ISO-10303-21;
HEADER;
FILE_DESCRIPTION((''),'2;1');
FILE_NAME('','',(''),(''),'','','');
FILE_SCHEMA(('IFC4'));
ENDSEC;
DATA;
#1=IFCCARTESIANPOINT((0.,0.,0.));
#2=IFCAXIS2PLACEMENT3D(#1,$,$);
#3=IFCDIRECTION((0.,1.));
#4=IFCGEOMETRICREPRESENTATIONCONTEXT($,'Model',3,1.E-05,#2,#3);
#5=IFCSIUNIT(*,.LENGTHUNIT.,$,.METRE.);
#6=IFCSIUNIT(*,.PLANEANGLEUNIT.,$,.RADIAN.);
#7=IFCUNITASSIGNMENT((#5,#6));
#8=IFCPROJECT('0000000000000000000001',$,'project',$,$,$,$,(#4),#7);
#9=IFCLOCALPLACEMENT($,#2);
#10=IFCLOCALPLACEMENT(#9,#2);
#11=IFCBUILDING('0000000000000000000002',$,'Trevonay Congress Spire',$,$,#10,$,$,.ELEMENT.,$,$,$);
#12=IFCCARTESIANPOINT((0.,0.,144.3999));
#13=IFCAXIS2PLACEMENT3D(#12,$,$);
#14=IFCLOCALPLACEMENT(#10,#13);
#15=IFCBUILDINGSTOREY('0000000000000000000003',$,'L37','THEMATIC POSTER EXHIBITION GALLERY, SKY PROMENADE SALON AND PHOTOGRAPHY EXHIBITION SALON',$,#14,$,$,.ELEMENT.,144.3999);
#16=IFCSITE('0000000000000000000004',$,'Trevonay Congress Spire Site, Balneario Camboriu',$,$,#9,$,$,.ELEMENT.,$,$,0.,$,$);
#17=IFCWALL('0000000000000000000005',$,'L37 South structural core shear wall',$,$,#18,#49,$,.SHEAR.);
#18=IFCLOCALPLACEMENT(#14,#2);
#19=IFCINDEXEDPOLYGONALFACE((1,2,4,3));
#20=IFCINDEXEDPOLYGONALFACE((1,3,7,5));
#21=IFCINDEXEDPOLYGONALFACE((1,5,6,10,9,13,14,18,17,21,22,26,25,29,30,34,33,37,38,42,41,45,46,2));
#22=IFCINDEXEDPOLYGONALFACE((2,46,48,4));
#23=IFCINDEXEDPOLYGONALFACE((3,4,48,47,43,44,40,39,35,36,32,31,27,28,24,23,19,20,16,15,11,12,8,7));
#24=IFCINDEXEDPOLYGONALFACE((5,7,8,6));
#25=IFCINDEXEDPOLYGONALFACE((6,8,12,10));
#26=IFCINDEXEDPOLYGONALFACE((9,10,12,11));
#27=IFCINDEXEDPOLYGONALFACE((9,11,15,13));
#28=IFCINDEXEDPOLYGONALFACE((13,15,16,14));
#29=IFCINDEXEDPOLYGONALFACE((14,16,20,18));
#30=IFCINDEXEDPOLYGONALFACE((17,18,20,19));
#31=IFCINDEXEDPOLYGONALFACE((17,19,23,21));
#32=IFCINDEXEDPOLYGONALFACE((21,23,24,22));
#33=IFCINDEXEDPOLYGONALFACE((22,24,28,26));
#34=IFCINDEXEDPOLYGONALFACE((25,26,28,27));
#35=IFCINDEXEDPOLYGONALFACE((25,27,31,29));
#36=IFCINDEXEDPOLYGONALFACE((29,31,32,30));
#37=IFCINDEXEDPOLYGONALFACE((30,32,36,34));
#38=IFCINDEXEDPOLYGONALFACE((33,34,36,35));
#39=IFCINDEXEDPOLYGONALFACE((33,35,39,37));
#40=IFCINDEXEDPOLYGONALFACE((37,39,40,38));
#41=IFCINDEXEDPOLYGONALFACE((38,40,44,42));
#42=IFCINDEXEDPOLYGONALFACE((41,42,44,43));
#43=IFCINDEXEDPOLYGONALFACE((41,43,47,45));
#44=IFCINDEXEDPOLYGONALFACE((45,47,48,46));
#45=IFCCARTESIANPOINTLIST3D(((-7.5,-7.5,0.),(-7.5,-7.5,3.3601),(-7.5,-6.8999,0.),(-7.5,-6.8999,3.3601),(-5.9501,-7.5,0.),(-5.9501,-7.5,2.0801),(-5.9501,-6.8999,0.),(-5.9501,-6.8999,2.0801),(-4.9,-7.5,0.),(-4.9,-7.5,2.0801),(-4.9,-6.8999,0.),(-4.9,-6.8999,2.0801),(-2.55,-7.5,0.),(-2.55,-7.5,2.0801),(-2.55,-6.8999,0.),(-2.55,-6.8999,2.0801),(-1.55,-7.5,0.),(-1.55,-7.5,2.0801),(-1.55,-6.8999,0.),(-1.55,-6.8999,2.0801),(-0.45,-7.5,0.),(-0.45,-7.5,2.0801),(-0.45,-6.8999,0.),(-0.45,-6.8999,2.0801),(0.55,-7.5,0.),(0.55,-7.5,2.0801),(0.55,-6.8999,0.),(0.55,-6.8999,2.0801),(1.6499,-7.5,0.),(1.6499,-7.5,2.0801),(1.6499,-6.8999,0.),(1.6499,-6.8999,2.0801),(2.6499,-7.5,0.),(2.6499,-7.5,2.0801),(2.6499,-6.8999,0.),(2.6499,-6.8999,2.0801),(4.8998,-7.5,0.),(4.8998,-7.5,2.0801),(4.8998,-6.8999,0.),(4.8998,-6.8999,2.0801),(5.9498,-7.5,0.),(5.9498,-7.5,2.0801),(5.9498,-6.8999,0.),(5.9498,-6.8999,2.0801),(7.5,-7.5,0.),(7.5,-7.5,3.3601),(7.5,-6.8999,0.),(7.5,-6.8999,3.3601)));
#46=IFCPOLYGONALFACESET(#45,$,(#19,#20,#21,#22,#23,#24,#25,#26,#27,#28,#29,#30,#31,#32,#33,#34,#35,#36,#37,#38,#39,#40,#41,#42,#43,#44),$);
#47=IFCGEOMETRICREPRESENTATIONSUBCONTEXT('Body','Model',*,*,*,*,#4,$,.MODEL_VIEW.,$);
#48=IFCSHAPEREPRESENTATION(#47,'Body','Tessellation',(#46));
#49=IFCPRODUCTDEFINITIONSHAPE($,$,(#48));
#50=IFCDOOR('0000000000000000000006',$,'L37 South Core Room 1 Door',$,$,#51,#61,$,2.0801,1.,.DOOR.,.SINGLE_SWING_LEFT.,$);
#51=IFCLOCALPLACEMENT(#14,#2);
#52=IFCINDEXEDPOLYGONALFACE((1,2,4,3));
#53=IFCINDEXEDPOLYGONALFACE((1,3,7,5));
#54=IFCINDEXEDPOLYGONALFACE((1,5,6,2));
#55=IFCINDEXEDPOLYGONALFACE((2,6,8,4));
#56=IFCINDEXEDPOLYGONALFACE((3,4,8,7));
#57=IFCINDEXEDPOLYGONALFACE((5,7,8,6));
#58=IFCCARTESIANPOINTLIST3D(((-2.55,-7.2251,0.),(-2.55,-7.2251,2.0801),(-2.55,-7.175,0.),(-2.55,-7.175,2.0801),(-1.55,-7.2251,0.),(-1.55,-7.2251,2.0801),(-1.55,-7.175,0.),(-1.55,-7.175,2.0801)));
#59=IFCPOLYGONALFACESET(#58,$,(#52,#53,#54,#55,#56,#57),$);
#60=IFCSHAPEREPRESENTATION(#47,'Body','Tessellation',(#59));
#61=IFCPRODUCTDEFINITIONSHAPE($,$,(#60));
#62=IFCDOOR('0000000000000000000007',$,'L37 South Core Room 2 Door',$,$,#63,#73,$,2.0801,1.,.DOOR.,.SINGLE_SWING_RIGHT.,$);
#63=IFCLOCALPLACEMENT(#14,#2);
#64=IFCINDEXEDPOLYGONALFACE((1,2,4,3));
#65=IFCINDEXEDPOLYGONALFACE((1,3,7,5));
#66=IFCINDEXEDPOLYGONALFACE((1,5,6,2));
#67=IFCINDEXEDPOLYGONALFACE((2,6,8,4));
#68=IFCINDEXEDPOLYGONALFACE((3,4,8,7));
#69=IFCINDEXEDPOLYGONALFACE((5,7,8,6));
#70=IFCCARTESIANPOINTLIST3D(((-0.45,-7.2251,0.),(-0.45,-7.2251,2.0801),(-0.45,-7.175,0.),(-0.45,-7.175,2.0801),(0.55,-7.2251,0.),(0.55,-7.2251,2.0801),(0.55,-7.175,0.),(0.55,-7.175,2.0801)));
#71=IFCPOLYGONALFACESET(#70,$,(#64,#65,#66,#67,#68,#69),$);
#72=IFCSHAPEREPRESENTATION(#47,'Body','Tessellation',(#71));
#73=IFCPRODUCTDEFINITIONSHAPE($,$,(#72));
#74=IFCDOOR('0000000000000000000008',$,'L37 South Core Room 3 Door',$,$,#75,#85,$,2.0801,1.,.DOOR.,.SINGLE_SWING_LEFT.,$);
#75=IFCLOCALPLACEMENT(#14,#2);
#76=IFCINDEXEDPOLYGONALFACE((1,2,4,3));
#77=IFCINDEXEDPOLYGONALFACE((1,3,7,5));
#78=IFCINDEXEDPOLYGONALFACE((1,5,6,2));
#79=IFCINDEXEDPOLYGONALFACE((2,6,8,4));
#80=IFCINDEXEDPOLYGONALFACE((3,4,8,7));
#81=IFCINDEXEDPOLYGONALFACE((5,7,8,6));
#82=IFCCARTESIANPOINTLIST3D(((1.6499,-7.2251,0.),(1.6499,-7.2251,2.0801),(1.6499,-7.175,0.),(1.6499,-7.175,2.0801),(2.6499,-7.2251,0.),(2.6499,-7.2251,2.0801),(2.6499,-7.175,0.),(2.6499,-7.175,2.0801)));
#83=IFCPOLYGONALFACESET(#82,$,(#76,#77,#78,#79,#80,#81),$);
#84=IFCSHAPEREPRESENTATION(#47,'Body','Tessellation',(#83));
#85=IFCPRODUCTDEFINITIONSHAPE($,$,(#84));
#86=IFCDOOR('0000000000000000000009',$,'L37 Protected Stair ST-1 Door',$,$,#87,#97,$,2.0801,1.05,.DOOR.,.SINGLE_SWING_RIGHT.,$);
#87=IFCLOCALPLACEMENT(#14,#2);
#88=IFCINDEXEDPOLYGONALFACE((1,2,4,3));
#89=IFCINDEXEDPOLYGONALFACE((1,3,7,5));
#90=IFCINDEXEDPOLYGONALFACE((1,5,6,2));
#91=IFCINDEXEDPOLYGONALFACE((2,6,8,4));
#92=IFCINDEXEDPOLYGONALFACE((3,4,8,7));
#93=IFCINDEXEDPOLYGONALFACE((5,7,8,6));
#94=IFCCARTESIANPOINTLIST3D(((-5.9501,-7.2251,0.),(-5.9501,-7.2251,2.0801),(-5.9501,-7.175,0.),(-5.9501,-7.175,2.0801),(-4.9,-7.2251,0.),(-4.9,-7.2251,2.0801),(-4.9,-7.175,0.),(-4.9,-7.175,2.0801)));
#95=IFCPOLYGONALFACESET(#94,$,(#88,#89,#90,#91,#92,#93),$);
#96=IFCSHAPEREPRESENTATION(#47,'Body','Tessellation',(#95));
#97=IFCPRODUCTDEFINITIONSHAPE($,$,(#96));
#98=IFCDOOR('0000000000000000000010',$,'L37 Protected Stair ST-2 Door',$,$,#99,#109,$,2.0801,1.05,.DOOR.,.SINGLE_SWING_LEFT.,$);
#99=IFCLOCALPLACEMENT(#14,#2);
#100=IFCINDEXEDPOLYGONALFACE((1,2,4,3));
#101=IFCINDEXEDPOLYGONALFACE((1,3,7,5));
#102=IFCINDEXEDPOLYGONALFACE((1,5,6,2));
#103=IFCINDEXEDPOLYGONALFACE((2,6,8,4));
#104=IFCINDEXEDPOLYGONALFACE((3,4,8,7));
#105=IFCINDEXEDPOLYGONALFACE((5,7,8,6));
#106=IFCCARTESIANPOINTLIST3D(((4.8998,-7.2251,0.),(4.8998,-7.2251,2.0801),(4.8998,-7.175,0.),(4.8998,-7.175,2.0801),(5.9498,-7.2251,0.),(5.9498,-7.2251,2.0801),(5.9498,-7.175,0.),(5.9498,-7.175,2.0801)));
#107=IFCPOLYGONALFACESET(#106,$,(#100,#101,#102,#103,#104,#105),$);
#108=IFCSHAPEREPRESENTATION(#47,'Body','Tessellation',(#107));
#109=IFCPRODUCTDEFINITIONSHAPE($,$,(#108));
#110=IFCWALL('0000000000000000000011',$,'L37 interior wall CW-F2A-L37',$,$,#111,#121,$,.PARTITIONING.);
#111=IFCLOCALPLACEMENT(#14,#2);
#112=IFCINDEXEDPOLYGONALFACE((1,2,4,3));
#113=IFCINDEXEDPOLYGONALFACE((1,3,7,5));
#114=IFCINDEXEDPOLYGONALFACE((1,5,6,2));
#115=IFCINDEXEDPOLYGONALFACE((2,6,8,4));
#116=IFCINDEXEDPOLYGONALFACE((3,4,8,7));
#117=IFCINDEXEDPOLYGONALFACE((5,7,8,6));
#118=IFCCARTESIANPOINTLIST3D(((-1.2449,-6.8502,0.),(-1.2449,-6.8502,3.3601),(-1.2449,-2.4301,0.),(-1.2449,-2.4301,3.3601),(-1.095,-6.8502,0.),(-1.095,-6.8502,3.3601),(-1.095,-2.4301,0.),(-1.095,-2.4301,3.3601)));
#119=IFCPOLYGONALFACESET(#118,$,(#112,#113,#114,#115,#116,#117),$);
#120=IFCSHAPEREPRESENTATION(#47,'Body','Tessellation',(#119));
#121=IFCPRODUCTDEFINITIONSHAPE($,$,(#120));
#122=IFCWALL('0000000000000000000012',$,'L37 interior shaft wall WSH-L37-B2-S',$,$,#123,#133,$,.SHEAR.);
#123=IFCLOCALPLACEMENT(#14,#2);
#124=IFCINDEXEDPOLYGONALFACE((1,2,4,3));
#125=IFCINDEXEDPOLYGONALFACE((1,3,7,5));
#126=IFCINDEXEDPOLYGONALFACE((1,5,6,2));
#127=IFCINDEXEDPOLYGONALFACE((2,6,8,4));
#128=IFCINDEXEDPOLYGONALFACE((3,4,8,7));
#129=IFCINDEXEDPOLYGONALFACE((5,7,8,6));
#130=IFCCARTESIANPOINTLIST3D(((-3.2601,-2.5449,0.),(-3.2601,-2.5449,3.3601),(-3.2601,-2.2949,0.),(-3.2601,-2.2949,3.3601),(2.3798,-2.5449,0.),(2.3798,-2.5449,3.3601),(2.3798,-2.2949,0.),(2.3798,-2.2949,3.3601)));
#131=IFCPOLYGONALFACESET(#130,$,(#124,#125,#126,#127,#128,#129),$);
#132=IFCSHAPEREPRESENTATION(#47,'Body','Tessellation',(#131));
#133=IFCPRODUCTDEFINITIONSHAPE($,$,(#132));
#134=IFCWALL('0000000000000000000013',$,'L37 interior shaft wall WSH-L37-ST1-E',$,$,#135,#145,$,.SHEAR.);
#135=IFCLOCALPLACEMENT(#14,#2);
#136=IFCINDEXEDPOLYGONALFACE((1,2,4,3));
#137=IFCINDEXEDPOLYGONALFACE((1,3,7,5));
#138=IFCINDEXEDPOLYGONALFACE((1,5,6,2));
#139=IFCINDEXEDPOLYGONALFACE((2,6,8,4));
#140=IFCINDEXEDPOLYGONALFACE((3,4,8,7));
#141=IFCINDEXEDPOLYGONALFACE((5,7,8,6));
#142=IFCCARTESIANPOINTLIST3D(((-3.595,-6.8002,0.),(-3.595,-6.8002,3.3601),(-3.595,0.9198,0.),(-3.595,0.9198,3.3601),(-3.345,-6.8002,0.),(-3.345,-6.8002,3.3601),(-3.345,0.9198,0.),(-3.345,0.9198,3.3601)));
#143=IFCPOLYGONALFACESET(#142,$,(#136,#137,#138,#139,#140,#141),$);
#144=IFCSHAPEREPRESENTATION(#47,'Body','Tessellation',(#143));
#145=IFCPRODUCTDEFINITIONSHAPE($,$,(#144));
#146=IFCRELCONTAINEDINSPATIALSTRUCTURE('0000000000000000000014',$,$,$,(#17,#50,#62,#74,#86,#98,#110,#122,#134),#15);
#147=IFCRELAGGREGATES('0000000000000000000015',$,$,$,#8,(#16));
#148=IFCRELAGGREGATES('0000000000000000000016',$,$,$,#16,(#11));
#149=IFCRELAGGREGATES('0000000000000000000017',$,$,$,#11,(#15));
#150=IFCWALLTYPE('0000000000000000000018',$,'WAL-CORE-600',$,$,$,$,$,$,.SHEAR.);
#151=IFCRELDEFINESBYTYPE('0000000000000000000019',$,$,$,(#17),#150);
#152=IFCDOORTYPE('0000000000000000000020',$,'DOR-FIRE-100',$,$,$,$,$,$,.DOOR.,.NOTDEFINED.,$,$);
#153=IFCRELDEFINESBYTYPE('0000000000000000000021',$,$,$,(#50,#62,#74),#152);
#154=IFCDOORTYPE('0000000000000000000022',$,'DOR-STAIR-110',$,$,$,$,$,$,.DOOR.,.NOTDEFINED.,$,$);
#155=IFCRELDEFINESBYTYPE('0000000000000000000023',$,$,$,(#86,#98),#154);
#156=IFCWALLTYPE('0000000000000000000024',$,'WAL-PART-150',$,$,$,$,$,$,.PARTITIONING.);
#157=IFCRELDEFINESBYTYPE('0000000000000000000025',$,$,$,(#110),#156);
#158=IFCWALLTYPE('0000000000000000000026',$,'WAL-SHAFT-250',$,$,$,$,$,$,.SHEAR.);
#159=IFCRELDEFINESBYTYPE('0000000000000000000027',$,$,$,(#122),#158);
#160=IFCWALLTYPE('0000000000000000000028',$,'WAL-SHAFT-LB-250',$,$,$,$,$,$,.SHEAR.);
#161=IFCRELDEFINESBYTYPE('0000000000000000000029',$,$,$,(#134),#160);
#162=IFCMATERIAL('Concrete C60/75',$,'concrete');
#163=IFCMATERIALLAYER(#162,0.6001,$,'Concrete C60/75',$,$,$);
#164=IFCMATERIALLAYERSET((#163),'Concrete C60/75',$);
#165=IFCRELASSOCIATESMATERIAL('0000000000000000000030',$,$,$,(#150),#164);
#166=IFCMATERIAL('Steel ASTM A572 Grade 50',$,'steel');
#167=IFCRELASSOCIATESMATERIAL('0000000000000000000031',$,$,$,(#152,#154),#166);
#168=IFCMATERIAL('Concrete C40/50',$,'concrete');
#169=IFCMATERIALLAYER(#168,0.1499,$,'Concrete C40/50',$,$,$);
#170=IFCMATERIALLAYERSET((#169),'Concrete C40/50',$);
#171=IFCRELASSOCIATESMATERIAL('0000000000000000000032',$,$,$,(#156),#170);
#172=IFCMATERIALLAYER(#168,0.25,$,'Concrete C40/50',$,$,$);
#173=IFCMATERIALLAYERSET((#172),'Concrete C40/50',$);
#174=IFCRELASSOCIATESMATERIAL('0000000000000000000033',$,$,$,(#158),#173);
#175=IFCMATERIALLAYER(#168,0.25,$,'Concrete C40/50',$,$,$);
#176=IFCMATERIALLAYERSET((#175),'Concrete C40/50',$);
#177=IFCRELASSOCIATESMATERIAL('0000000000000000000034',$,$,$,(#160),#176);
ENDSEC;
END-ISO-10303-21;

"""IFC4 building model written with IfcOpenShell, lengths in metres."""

from ifc_helpers import new_model, si_unit, direction, frame, frame_2d, origin, place, context, subcontext, project, spatial, rectangle, extrude, material, layer, layer_set, type_object, element, fill, save


model = new_model("IFC4")

# Units and contexts
model_context = context("Model", 3, precision=1e-05, world=origin(), true_north=direction((0.0, 1.0)))
body_context = subcontext(model_context, "Body", "Model", "MODEL_VIEW")
ifc_project = project(units=[si_unit("LENGTHUNIT", "METRE"), si_unit("PLANEANGLEUNIT", "RADIAN")], contexts=[model_context])

# Site, building, storey
site_placement = place(None, origin())
site = spatial("IfcSite", under=ifc_project, at=site_placement, Name="Trevonay Congress Spire Site, Balneario Camboriu", CompositionType="ELEMENT", RefElevation=0.0)
building_placement = place(site_placement, origin())
building = spatial("IfcBuilding", under=site, at=building_placement, Name="Trevonay Congress Spire", CompositionType="ELEMENT")
storey_placement = place(building_placement, frame((0.0, 0.0, 144.3999)))
storey = spatial("IfcBuildingStorey", under=building, at=storey_placement, Name="L37", Description="THEMATIC POSTER EXHIBITION GALLERY, SKY PROMENADE SALON AND PHOTOGRAPHY EXHIBITION SALON", CompositionType="ELEMENT", Elevation=144.3999)

# Shared definitions
ifc_material_1 = material(Name="Steel ASTM A572 Grade 50", Category="steel")

# Shared definitions
ifc_material_2 = material(Name="Concrete C40/50", Category="concrete")

# Wall, openings, doors
ifc_material_3 = material(Name="Concrete C60/75", Category="concrete")
ifc_layer_1 = layer(ifc_material_3, 0.6001, Name="Concrete C60/75")
ifc_layer_set_1 = layer_set([ifc_layer_1], Name="Concrete C60/75")
wall_type_1 = type_object("IfcWallType", Name="WAL-CORE-600", PredefinedType="SHEAR", material=ifc_layer_set_1)
wall_1_placement = place(storey_placement, frame((-7.5, -7.2, 0.0), z_axis=(0.0, 0.0, 1.0), x_axis=(1.0, 0.0, 0.0)))
wall_1 = element("IfcWall", 1, at=wall_1_placement, inside=storey, type_object=wall_type_1, Name="L37 South structural core shear wall", PredefinedType="SHEAR", context=body_context, shape_type="SweptSolid", body=[
    extrude(rectangle(XDim=15.0, YDim=0.6001, at=frame_2d((7.5, 0.0))), origin(), (0.0, 0.0, 1.0), 3.3601),
])
opening_1_placement = place(wall_1_placement, frame((1.55, 0.0, 0.0)))
opening_1 = element("IfcOpeningElement", 2, at=opening_1_placement, cuts=wall_1, PredefinedType="OPENING", context=body_context, shape_type="SweptSolid", body=[
    extrude(rectangle(XDim=1.05, YDim=2.0801, at=frame_2d((0.5249, 1.04))), frame((0.0, 0.3101, 0.0), z_axis=(0.0, -1.0, 0.0), x_axis=(1.0, 0.0, 0.0)), (0.0, 0.0, 1.0), 0.6201),
])
opening_2_placement = place(wall_1_placement, frame((12.3999, 0.0, 0.0)))
opening_2 = element("IfcOpeningElement", 3, at=opening_2_placement, cuts=wall_1, PredefinedType="OPENING", context=body_context, shape_type="SweptSolid", body=[
    extrude(rectangle(XDim=1.05, YDim=2.0801, at=frame_2d((0.5249, 1.04))), frame((0.0, 0.3101, 0.0), z_axis=(0.0, -1.0, 0.0), x_axis=(1.0, 0.0, 0.0)), (0.0, 0.0, 1.0), 0.6201),
])
opening_3_placement = place(wall_1_placement, frame((4.95, 0.0, 0.0)))
opening_3 = element("IfcOpeningElement", 4, at=opening_3_placement, cuts=wall_1, PredefinedType="OPENING", context=body_context, shape_type="SweptSolid", body=[
    extrude(rectangle(XDim=1.0, YDim=2.0801, at=frame_2d((0.5, 1.04))), frame((0.0, 0.3101, 0.0), z_axis=(0.0, -1.0, 0.0), x_axis=(1.0, 0.0, 0.0)), (0.0, 0.0, 1.0), 0.6201),
])
opening_4_placement = place(wall_1_placement, frame((7.05, 0.0, 0.0)))
opening_4 = element("IfcOpeningElement", 5, at=opening_4_placement, cuts=wall_1, PredefinedType="OPENING", context=body_context, shape_type="SweptSolid", body=[
    extrude(rectangle(XDim=1.0, YDim=2.0801, at=frame_2d((0.5, 1.04))), frame((0.0, 0.3101, 0.0), z_axis=(0.0, -1.0, 0.0), x_axis=(1.0, 0.0, 0.0)), (0.0, 0.0, 1.0), 0.6201),
])
opening_5_placement = place(wall_1_placement, frame((9.1499, 0.0, 0.0)))
opening_5 = element("IfcOpeningElement", 6, at=opening_5_placement, cuts=wall_1, PredefinedType="OPENING", context=body_context, shape_type="SweptSolid", body=[
    extrude(rectangle(XDim=1.0, YDim=2.0801, at=frame_2d((0.5, 1.04))), frame((0.0, 0.3101, 0.0), z_axis=(0.0, -1.0, 0.0), x_axis=(1.0, 0.0, 0.0)), (0.0, 0.0, 1.0), 0.6201),
])
door_type_1 = type_object("IfcDoorType", Name="DOR-FIRE-100", OperationType="NOTDEFINED", PredefinedType="DOOR", material=ifc_material_1)
door_1_placement = place(opening_3_placement, origin())
door_1 = element("IfcDoor", 7, at=door_1_placement, inside=storey, type_object=door_type_1, Name="L37 South Core Room 1 Door", OperationType="SINGLE_SWING_LEFT", OverallHeight=2.0801, OverallWidth=1.0, PredefinedType="DOOR", context=body_context, shape_type="SweptSolid", body=[
    extrude(rectangle(XDim=1.0, YDim=2.0801, at=frame_2d((0.5, 1.04))), frame((0.0, 0.0249, 0.0), z_axis=(0.0, -1.0, 0.0), x_axis=(1.0, 0.0, 0.0)), (0.0, 0.0, 1.0), 0.05),
])
fill(opening_3, door_1)
door_2_placement = place(opening_4_placement, origin())
door_2 = element("IfcDoor", 8, at=door_2_placement, inside=storey, type_object=door_type_1, Name="L37 South Core Room 2 Door", OperationType="SINGLE_SWING_RIGHT", OverallHeight=2.0801, OverallWidth=1.0, PredefinedType="DOOR", context=body_context, shape_type="SweptSolid", body=[
    extrude(rectangle(XDim=1.0, YDim=2.0801, at=frame_2d((0.5, 1.04))), frame((0.0, 0.0249, 0.0), z_axis=(0.0, -1.0, 0.0), x_axis=(1.0, 0.0, 0.0)), (0.0, 0.0, 1.0), 0.05),
])
fill(opening_4, door_2)
door_3_placement = place(opening_5_placement, origin())
door_3 = element("IfcDoor", 9, at=door_3_placement, inside=storey, type_object=door_type_1, Name="L37 South Core Room 3 Door", OperationType="SINGLE_SWING_LEFT", OverallHeight=2.0801, OverallWidth=1.0, PredefinedType="DOOR", context=body_context, shape_type="SweptSolid", body=[
    extrude(rectangle(XDim=1.0, YDim=2.0801, at=frame_2d((0.5, 1.04))), frame((0.0, 0.0249, 0.0), z_axis=(0.0, -1.0, 0.0), x_axis=(1.0, 0.0, 0.0)), (0.0, 0.0, 1.0), 0.05),
])
fill(opening_5, door_3)
door_type_2 = type_object("IfcDoorType", Name="DOR-STAIR-110", OperationType="NOTDEFINED", PredefinedType="DOOR", material=ifc_material_1)
door_4_placement = place(opening_1_placement, origin())
door_4 = element("IfcDoor", 10, at=door_4_placement, inside=storey, type_object=door_type_2, Name="L37 Protected Stair ST-1 Door", OperationType="SINGLE_SWING_RIGHT", OverallHeight=2.0801, OverallWidth=1.05, PredefinedType="DOOR", context=body_context, shape_type="SweptSolid", body=[
    extrude(rectangle(XDim=1.05, YDim=2.0801, at=frame_2d((0.5249, 1.04))), frame((0.0, 0.0249, 0.0), z_axis=(0.0, -1.0, 0.0), x_axis=(1.0, 0.0, 0.0)), (0.0, 0.0, 1.0), 0.05),
])
fill(opening_1, door_4)
door_5_placement = place(opening_2_placement, origin())
door_5 = element("IfcDoor", 11, at=door_5_placement, inside=storey, type_object=door_type_2, Name="L37 Protected Stair ST-2 Door", OperationType="SINGLE_SWING_LEFT", OverallHeight=2.0801, OverallWidth=1.05, PredefinedType="DOOR", context=body_context, shape_type="SweptSolid", body=[
    extrude(rectangle(XDim=1.05, YDim=2.0801, at=frame_2d((0.5249, 1.04))), frame((0.0, 0.0249, 0.0), z_axis=(0.0, -1.0, 0.0), x_axis=(1.0, 0.0, 0.0)), (0.0, 0.0, 1.0), 0.05),
])
fill(opening_2, door_5)

# Walls
ifc_layer_2 = layer(ifc_material_2, 0.1499, Name="Concrete C40/50")
ifc_layer_set_2 = layer_set([ifc_layer_2], Name="Concrete C40/50")
wall_type_2 = type_object("IfcWallType", Name="WAL-PART-150", PredefinedType="PARTITIONING", material=ifc_layer_set_2)
wall_2_placement = place(storey_placement, frame((-1.1699, -6.8501, 0.0), z_axis=(0.0, 0.0, 1.0), x_axis=(0.0, 1.0, 0.0)))
element("IfcWall", 12, at=wall_2_placement, inside=storey, type_object=wall_type_2, Name="L37 interior wall CW-F2A-L37", PredefinedType="PARTITIONING", context=body_context, shape_type="SweptSolid", body=[
    extrude(rectangle(XDim=4.4202, YDim=0.1499, at=frame_2d((2.21, 0.0))), origin(), (0.0, 0.0, 1.0), 3.3601),
])
ifc_layer_3 = layer(ifc_material_2, 0.25, Name="Concrete C40/50")
ifc_layer_set_3 = layer_set([ifc_layer_3], Name="Concrete C40/50")
wall_type_3 = type_object("IfcWallType", Name="WAL-SHAFT-250", PredefinedType="SHEAR", material=ifc_layer_set_3)
wall_3_placement = place(storey_placement, frame((-3.26, -2.4199, 0.0), z_axis=(0.0, 0.0, 1.0), x_axis=(1.0, 0.0, 0.0)))
element("IfcWall", 13, at=wall_3_placement, inside=storey, type_object=wall_type_3, Name="L37 interior shaft wall WSH-L37-B2-S", PredefinedType="SHEAR", context=body_context, shape_type="SweptSolid", body=[
    extrude(rectangle(XDim=5.6399, YDim=0.25, at=frame_2d((2.8198, 0.0))), origin(), (0.0, 0.0, 1.0), 3.3601),
])
ifc_layer_4 = layer(ifc_material_2, 0.25, Name="Concrete C40/50")
ifc_layer_set_4 = layer_set([ifc_layer_4], Name="Concrete C40/50")
wall_type_4 = type_object("IfcWallType", Name="WAL-SHAFT-LB-250", PredefinedType="SHEAR", material=ifc_layer_set_4)
wall_4_placement = place(storey_placement, frame((-3.47, -6.8, 0.0), z_axis=(0.0, 0.0, 1.0), x_axis=(0.0, 1.0, 0.0)))
element("IfcWall", 14, at=wall_4_placement, inside=storey, type_object=wall_type_4, Name="L37 interior shaft wall WSH-L37-ST1-E", PredefinedType="SHEAR", context=body_context, shape_type="SweptSolid", body=[
    extrude(rectangle(XDim=7.72, YDim=0.25, at=frame_2d((3.8599, 0.0))), origin(), (0.0, 0.0, 1.0), 3.3601),
])

save(model, "model.ifc")
